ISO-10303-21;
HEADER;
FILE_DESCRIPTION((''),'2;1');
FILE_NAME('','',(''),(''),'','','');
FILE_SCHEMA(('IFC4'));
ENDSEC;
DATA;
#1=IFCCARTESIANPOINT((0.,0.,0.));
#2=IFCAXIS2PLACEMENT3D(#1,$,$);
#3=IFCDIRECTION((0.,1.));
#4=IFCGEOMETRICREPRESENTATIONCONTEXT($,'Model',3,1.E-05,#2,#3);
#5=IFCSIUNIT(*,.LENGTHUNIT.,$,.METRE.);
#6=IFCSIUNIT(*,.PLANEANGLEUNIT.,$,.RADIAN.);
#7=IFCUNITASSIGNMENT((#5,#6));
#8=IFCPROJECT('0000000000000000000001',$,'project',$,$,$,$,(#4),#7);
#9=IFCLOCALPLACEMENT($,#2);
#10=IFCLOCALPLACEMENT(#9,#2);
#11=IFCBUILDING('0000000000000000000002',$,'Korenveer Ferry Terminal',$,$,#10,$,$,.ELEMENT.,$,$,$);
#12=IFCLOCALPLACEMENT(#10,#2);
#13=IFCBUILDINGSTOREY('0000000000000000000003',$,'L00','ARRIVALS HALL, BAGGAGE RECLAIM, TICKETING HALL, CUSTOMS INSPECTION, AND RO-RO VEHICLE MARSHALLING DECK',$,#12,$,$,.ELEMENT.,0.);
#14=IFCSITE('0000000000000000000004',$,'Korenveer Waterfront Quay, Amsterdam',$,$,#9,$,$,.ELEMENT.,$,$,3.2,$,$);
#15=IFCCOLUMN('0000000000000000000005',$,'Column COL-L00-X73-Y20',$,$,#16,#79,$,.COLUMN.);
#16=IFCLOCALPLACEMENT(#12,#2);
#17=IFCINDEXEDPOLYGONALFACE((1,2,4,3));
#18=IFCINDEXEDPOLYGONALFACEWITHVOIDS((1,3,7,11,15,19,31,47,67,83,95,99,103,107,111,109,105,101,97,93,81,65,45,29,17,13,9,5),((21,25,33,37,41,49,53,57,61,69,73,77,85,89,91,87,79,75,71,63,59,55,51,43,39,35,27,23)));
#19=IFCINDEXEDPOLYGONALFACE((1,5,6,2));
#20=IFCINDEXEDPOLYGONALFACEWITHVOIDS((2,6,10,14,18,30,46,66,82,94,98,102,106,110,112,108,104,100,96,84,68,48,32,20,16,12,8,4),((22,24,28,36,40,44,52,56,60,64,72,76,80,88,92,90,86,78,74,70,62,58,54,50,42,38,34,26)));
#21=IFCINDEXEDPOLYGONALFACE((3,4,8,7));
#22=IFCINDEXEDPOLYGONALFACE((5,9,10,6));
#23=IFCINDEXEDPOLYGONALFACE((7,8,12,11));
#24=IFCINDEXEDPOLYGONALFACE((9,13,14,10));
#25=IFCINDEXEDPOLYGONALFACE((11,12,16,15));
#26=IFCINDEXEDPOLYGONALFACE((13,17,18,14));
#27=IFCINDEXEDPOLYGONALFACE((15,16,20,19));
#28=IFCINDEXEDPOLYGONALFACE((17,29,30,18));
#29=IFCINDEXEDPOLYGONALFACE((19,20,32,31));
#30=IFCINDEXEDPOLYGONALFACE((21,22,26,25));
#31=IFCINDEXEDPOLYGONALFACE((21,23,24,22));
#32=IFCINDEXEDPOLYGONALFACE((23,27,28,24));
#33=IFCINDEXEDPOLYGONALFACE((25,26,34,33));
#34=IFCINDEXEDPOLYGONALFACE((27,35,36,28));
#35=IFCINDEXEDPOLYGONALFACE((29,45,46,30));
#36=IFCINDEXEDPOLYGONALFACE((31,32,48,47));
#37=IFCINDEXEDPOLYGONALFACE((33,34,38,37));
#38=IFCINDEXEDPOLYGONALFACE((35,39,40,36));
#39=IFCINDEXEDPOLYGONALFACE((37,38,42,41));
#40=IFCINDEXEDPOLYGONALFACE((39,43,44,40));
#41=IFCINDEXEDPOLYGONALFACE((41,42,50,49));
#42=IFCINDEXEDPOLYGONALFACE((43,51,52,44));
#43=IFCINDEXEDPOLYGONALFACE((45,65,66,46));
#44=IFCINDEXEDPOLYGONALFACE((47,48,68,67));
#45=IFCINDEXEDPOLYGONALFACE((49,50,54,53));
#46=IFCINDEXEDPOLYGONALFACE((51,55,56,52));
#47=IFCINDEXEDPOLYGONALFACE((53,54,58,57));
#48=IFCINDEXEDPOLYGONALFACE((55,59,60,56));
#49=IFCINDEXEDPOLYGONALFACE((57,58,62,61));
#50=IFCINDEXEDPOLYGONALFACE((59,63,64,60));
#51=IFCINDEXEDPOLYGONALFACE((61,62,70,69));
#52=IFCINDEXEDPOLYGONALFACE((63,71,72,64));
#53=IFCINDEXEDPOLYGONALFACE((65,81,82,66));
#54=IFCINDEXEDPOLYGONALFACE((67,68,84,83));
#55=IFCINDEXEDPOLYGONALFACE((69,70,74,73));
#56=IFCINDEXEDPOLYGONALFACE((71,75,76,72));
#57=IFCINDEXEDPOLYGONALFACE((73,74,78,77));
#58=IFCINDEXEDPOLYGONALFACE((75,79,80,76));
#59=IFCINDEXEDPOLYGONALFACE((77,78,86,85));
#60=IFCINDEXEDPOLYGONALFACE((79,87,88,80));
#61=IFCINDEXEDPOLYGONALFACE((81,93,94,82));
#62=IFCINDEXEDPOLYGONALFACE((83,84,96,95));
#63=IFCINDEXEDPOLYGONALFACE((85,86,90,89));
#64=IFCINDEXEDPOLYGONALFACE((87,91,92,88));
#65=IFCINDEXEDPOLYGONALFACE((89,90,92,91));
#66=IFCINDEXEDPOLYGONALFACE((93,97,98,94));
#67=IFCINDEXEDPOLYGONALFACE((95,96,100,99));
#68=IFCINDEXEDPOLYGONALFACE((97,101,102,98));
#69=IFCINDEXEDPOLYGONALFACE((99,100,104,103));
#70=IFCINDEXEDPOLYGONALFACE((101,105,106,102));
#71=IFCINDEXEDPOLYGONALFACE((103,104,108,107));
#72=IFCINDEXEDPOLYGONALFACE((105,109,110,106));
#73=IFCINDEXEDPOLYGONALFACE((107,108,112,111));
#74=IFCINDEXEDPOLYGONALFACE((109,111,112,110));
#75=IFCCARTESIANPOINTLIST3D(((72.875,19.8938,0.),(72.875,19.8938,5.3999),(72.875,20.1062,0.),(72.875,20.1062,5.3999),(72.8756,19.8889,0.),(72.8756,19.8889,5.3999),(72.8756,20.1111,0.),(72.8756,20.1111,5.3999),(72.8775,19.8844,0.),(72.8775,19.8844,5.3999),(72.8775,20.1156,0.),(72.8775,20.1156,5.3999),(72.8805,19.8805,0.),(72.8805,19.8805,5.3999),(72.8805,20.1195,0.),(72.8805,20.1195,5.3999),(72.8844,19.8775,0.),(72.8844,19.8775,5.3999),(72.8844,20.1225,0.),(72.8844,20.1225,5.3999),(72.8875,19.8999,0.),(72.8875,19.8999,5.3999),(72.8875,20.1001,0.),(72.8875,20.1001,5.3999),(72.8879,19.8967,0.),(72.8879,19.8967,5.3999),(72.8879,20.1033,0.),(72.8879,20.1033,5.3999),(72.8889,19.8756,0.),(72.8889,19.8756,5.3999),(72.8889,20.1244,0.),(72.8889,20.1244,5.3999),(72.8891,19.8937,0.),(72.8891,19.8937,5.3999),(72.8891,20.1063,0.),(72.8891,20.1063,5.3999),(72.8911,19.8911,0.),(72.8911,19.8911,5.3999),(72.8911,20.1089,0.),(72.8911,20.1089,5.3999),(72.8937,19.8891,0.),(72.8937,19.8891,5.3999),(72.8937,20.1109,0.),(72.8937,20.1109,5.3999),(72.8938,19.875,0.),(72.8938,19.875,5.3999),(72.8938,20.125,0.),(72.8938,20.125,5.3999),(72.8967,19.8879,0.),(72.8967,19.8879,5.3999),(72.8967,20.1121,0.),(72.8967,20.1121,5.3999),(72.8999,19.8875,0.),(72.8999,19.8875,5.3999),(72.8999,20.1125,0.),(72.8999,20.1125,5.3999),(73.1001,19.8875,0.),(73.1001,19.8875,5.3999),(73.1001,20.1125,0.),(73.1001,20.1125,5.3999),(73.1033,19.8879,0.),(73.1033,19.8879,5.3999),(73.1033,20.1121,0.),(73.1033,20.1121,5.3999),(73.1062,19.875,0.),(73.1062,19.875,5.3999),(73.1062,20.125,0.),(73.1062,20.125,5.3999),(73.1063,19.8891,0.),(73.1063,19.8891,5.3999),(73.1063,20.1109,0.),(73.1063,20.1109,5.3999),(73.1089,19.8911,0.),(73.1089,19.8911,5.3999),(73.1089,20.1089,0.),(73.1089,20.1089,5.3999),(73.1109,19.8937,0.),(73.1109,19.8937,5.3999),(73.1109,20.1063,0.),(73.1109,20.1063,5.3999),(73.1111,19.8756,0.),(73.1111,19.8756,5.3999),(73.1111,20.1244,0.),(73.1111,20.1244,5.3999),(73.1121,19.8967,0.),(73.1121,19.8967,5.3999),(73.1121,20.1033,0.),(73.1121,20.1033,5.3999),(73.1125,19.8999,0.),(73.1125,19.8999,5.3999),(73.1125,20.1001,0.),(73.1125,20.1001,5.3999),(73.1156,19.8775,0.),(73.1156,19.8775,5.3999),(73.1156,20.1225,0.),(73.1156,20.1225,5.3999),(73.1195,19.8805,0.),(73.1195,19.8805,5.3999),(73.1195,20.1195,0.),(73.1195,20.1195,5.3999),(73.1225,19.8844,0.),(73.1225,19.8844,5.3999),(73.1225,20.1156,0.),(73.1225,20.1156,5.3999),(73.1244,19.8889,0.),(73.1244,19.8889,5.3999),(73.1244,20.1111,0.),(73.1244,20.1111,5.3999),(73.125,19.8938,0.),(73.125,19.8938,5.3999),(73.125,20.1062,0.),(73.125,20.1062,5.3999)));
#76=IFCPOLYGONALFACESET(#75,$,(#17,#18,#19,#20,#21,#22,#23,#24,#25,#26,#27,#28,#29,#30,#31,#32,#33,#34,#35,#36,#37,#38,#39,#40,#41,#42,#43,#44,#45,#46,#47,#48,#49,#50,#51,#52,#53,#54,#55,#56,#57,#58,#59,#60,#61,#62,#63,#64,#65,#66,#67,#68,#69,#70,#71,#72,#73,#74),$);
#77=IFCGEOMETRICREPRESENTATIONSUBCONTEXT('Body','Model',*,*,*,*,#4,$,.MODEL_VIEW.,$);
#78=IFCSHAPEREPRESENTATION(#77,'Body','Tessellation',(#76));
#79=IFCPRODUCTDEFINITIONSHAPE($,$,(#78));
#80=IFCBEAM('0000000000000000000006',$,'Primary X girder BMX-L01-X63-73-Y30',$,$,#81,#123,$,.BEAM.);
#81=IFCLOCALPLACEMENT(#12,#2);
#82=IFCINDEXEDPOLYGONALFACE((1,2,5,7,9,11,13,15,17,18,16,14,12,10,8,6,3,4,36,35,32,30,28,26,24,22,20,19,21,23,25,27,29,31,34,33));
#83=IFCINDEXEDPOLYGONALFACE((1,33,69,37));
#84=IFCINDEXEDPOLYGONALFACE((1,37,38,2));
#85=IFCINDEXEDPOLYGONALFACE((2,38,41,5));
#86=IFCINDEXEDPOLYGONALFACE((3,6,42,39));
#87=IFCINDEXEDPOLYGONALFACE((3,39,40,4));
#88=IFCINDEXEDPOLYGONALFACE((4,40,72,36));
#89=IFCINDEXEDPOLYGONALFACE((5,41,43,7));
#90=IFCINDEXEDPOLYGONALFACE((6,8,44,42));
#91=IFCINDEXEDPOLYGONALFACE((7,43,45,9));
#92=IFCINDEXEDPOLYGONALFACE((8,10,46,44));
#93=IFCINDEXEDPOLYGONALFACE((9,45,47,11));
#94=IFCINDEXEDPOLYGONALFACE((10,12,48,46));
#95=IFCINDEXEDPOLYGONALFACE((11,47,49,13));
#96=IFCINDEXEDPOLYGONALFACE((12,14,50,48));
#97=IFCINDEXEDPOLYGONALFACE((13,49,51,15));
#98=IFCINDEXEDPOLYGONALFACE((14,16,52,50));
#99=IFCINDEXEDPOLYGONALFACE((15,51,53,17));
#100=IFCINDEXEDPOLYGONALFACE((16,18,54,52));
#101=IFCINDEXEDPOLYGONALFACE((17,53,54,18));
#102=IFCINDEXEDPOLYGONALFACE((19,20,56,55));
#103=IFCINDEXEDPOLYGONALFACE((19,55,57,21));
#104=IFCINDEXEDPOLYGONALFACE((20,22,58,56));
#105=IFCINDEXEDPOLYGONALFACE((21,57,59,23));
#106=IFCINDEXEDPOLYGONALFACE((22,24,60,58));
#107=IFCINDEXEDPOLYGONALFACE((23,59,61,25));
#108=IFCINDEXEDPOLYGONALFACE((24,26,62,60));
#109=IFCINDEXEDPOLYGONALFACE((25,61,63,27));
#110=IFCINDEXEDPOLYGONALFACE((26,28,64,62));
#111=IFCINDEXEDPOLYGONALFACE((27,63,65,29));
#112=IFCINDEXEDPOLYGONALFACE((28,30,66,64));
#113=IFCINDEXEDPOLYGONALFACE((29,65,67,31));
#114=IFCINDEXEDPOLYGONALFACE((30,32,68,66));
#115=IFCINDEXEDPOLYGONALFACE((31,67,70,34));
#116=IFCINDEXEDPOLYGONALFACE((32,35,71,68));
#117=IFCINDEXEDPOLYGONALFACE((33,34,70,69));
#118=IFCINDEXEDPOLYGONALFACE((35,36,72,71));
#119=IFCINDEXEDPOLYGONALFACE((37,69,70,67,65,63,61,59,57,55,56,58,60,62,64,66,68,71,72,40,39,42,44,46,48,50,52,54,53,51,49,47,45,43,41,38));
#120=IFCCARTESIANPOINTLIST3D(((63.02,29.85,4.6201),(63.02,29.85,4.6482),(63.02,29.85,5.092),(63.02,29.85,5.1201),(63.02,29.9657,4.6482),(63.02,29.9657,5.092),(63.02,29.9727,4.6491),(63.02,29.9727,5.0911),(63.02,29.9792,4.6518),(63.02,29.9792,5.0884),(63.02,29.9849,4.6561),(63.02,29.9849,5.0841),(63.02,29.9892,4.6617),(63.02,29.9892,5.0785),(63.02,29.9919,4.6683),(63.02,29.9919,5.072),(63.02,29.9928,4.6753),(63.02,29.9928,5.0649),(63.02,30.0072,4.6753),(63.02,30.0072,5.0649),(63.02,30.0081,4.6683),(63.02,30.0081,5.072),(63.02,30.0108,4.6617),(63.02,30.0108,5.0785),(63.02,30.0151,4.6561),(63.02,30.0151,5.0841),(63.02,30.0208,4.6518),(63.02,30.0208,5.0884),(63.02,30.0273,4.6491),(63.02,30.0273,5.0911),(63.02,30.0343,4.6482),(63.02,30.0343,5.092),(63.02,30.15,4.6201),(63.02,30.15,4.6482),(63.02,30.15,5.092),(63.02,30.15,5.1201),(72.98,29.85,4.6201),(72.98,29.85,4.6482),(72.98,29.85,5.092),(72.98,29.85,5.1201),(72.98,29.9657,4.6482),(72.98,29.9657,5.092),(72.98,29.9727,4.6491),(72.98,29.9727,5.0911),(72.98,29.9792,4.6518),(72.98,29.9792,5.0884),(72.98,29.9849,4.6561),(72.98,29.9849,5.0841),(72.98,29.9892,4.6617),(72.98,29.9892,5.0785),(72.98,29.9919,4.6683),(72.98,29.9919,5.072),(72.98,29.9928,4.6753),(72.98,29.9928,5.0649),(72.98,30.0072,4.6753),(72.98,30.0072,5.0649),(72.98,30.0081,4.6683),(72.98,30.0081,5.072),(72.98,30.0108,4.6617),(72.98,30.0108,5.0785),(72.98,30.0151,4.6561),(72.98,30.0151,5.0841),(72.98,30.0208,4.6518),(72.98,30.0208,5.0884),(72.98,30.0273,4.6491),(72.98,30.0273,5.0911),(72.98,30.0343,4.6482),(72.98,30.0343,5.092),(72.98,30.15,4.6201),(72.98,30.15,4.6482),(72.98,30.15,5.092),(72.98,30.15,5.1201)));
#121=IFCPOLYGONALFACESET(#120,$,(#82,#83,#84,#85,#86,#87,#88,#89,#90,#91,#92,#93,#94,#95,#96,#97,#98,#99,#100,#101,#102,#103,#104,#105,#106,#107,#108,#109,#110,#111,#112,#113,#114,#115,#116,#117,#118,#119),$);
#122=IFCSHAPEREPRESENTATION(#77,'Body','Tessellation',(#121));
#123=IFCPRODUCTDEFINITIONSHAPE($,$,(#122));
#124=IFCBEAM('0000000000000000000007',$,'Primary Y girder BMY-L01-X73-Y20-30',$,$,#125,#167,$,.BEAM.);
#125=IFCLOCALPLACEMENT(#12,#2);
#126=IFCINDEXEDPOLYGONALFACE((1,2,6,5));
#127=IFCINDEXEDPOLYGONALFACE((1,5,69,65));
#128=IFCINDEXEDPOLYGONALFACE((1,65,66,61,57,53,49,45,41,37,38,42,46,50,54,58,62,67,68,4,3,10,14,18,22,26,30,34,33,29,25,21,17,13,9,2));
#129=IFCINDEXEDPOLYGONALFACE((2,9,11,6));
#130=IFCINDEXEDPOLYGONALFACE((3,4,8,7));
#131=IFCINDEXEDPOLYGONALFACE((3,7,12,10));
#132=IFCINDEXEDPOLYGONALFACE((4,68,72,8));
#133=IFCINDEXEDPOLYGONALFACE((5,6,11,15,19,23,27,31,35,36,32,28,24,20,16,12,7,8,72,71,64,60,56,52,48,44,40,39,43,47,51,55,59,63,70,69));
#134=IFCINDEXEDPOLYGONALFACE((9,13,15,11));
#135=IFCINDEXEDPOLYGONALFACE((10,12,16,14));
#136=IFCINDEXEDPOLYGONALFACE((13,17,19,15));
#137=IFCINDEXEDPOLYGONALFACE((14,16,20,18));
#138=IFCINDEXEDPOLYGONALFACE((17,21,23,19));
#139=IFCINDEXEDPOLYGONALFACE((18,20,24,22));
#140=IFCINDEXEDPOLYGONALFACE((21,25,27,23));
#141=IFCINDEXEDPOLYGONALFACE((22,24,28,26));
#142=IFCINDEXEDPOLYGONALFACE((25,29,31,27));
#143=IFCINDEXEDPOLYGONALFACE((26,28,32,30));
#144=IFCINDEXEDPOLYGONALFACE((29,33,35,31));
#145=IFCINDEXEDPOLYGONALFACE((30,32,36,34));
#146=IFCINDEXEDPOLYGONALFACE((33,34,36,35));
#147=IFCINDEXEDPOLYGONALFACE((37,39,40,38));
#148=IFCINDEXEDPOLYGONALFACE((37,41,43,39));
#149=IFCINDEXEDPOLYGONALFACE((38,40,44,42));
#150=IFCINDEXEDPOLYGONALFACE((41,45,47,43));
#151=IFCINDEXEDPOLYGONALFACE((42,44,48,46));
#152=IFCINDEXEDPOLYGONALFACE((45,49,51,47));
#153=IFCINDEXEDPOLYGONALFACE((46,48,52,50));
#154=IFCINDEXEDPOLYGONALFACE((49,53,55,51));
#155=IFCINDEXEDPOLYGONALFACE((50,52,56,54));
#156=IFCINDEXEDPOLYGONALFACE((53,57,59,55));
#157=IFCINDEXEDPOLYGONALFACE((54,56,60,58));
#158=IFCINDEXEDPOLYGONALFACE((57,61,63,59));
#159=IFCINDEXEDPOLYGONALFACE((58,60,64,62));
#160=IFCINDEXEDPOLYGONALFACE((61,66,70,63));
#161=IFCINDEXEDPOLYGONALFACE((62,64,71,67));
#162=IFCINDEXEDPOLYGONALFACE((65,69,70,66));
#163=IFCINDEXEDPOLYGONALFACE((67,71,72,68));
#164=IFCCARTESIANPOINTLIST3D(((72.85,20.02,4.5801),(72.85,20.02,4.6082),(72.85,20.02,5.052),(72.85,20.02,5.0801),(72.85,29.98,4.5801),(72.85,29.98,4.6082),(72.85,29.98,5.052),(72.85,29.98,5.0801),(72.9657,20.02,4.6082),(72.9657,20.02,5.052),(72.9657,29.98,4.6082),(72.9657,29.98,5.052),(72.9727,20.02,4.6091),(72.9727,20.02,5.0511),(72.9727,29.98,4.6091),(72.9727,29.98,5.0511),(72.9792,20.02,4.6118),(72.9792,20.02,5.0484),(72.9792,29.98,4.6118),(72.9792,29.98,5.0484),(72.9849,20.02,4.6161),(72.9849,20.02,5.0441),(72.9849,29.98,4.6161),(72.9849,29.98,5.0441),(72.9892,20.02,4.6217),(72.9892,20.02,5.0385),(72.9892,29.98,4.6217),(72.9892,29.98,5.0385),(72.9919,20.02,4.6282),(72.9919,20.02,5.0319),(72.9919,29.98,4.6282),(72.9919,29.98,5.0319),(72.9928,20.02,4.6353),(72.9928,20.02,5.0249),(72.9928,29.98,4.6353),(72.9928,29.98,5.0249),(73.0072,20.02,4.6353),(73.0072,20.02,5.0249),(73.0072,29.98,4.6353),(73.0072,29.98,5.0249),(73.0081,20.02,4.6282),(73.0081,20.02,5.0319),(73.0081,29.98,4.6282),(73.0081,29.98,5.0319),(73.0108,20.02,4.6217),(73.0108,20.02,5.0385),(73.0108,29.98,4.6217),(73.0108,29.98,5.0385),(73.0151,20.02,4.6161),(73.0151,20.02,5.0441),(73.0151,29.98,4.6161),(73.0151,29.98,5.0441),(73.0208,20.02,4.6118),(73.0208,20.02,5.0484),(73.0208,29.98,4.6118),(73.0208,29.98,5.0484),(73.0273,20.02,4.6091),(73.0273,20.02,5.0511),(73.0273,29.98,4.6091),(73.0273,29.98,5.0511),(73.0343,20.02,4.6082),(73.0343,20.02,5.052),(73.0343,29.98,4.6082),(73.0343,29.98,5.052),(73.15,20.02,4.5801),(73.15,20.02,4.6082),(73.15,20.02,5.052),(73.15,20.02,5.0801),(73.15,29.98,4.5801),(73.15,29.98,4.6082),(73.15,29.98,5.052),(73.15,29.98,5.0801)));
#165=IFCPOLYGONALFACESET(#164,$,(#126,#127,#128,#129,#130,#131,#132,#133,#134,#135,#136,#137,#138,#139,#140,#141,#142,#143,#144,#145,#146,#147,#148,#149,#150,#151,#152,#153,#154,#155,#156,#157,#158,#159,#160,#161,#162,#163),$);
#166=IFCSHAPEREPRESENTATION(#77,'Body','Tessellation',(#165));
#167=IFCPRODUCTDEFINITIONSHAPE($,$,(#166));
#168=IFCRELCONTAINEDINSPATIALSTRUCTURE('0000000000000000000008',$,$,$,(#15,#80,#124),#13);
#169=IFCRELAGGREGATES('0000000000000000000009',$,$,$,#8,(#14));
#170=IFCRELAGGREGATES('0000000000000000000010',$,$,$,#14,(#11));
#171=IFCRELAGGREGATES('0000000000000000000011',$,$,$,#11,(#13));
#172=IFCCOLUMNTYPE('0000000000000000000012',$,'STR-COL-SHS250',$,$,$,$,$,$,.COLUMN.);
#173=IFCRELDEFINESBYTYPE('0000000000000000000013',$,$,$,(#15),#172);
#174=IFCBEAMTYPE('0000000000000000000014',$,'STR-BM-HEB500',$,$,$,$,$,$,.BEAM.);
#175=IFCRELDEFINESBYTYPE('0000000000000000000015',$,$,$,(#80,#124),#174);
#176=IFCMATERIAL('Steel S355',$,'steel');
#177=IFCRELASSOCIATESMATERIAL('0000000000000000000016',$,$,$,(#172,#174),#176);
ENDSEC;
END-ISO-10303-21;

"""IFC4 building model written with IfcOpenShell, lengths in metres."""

from ifc_helpers import new_model, si_unit, direction, frame, origin, origin_2d, place, context, subcontext, project, spatial, hollow_rectangle, i_section, extrude, material, material_profile, profile_set, type_object, element, save


model = new_model("IFC4")

# Units and contexts
model_context = context("Model", 3, precision=1e-05, world=origin(), true_north=direction((0.0, 1.0)))
body_context = subcontext(model_context, "Body", "Model", "MODEL_VIEW")
ifc_project = project(units=[si_unit("LENGTHUNIT", "METRE"), si_unit("PLANEANGLEUNIT", "RADIAN")], contexts=[model_context])

# Site, building, storey
site_placement = place(None, origin())
site = spatial("IfcSite", under=ifc_project, at=site_placement, Name="Korenveer Waterfront Quay, Amsterdam", CompositionType="ELEMENT", RefElevation=3.2)
building_placement = place(site_placement, origin())
building = spatial("IfcBuilding", under=site, at=building_placement, Name="Korenveer Ferry Terminal", CompositionType="ELEMENT")
storey_placement = place(building_placement, origin())
storey = spatial("IfcBuildingStorey", under=building, at=storey_placement, Name="L00", Description="ARRIVALS HALL, BAGGAGE RECLAIM, TICKETING HALL, CUSTOMS INSPECTION, AND RO-RO VEHICLE MARSHALLING DECK", CompositionType="ELEMENT", Elevation=0.0)

# Column
ifc_material_1 = material(Name="Steel S355", Category="steel")
ifc_material_profile_1 = material_profile(ifc_material_1, hollow_rectangle(XDim=0.25, YDim=0.25, WallThickness=0.0125, InnerFilletRadius=0.0125, OuterFilletRadius=0.0188, at=origin_2d()), Name="SHS 250x250x12.5")
ifc_profile_set_1 = profile_set([ifc_material_profile_1], Name="Steel S355")
column_type = type_object("IfcColumnType", Name="STR-COL-SHS250", PredefinedType="COLUMN", material=ifc_profile_set_1)
for number, where, z_axis, x_axis, name in (
    (1, (73.0, 20.0, 0.0), (0.0, 0.0, 1.0), (1.0, 0.0, 0.0), "Column COL-L00-X73-Y20"),
):
    element("IfcColumn", number, at=place(storey_placement, frame(where, z_axis=z_axis, x_axis=x_axis)), inside=storey, type_object=column_type, Name=name, PredefinedType="COLUMN", context=body_context, shape_type="SweptSolid", body=[
        extrude(hollow_rectangle(XDim=0.25, YDim=0.25, WallThickness=0.0125, InnerFilletRadius=0.0125, OuterFilletRadius=0.0188, at=origin_2d()), origin(), (0.0, 0.0, 1.0), 5.3999),
    ])

# Beams
ifc_material_profile_2 = material_profile(ifc_material_1, i_section(OverallWidth=0.3, OverallDepth=0.5, WebThickness=0.0144, FlangeThickness=0.0281, FilletRadius=0.0271, at=origin_2d()), Name="HEB 500")
ifc_profile_set_2 = profile_set([ifc_material_profile_2], Name="Steel S355")
beam_type_1 = type_object("IfcBeamType", Name="STR-BM-HEB500", PredefinedType="BEAM", material=ifc_profile_set_2)
for number, where, z_axis, x_axis, name in (
    (2, (63.02, 30.0, 4.8701), (1.0, 0.0, 0.0), (0.0, 1.0, 0.0), "Primary X girder BMX-L01-X63-73-Y30"),
    (3, (73.0, 20.02, 4.8301), (0.0, 1.0, 0.0), (-1.0, 0.0, 0.0), "Primary Y girder BMY-L01-X73-Y20-30"),
):
    element("IfcBeam", number, at=place(storey_placement, frame(where, z_axis=z_axis, x_axis=x_axis)), inside=storey, type_object=beam_type_1, Name=name, PredefinedType="BEAM", context=body_context, shape_type="SweptSolid", body=[
        extrude(i_section(OverallWidth=0.3, OverallDepth=0.5, WebThickness=0.0144, FlangeThickness=0.0281, FilletRadius=0.0271, at=origin_2d()), origin(), (0.0, 0.0, 1.0), 9.96),
    ])

save(model, "model.ifc")
